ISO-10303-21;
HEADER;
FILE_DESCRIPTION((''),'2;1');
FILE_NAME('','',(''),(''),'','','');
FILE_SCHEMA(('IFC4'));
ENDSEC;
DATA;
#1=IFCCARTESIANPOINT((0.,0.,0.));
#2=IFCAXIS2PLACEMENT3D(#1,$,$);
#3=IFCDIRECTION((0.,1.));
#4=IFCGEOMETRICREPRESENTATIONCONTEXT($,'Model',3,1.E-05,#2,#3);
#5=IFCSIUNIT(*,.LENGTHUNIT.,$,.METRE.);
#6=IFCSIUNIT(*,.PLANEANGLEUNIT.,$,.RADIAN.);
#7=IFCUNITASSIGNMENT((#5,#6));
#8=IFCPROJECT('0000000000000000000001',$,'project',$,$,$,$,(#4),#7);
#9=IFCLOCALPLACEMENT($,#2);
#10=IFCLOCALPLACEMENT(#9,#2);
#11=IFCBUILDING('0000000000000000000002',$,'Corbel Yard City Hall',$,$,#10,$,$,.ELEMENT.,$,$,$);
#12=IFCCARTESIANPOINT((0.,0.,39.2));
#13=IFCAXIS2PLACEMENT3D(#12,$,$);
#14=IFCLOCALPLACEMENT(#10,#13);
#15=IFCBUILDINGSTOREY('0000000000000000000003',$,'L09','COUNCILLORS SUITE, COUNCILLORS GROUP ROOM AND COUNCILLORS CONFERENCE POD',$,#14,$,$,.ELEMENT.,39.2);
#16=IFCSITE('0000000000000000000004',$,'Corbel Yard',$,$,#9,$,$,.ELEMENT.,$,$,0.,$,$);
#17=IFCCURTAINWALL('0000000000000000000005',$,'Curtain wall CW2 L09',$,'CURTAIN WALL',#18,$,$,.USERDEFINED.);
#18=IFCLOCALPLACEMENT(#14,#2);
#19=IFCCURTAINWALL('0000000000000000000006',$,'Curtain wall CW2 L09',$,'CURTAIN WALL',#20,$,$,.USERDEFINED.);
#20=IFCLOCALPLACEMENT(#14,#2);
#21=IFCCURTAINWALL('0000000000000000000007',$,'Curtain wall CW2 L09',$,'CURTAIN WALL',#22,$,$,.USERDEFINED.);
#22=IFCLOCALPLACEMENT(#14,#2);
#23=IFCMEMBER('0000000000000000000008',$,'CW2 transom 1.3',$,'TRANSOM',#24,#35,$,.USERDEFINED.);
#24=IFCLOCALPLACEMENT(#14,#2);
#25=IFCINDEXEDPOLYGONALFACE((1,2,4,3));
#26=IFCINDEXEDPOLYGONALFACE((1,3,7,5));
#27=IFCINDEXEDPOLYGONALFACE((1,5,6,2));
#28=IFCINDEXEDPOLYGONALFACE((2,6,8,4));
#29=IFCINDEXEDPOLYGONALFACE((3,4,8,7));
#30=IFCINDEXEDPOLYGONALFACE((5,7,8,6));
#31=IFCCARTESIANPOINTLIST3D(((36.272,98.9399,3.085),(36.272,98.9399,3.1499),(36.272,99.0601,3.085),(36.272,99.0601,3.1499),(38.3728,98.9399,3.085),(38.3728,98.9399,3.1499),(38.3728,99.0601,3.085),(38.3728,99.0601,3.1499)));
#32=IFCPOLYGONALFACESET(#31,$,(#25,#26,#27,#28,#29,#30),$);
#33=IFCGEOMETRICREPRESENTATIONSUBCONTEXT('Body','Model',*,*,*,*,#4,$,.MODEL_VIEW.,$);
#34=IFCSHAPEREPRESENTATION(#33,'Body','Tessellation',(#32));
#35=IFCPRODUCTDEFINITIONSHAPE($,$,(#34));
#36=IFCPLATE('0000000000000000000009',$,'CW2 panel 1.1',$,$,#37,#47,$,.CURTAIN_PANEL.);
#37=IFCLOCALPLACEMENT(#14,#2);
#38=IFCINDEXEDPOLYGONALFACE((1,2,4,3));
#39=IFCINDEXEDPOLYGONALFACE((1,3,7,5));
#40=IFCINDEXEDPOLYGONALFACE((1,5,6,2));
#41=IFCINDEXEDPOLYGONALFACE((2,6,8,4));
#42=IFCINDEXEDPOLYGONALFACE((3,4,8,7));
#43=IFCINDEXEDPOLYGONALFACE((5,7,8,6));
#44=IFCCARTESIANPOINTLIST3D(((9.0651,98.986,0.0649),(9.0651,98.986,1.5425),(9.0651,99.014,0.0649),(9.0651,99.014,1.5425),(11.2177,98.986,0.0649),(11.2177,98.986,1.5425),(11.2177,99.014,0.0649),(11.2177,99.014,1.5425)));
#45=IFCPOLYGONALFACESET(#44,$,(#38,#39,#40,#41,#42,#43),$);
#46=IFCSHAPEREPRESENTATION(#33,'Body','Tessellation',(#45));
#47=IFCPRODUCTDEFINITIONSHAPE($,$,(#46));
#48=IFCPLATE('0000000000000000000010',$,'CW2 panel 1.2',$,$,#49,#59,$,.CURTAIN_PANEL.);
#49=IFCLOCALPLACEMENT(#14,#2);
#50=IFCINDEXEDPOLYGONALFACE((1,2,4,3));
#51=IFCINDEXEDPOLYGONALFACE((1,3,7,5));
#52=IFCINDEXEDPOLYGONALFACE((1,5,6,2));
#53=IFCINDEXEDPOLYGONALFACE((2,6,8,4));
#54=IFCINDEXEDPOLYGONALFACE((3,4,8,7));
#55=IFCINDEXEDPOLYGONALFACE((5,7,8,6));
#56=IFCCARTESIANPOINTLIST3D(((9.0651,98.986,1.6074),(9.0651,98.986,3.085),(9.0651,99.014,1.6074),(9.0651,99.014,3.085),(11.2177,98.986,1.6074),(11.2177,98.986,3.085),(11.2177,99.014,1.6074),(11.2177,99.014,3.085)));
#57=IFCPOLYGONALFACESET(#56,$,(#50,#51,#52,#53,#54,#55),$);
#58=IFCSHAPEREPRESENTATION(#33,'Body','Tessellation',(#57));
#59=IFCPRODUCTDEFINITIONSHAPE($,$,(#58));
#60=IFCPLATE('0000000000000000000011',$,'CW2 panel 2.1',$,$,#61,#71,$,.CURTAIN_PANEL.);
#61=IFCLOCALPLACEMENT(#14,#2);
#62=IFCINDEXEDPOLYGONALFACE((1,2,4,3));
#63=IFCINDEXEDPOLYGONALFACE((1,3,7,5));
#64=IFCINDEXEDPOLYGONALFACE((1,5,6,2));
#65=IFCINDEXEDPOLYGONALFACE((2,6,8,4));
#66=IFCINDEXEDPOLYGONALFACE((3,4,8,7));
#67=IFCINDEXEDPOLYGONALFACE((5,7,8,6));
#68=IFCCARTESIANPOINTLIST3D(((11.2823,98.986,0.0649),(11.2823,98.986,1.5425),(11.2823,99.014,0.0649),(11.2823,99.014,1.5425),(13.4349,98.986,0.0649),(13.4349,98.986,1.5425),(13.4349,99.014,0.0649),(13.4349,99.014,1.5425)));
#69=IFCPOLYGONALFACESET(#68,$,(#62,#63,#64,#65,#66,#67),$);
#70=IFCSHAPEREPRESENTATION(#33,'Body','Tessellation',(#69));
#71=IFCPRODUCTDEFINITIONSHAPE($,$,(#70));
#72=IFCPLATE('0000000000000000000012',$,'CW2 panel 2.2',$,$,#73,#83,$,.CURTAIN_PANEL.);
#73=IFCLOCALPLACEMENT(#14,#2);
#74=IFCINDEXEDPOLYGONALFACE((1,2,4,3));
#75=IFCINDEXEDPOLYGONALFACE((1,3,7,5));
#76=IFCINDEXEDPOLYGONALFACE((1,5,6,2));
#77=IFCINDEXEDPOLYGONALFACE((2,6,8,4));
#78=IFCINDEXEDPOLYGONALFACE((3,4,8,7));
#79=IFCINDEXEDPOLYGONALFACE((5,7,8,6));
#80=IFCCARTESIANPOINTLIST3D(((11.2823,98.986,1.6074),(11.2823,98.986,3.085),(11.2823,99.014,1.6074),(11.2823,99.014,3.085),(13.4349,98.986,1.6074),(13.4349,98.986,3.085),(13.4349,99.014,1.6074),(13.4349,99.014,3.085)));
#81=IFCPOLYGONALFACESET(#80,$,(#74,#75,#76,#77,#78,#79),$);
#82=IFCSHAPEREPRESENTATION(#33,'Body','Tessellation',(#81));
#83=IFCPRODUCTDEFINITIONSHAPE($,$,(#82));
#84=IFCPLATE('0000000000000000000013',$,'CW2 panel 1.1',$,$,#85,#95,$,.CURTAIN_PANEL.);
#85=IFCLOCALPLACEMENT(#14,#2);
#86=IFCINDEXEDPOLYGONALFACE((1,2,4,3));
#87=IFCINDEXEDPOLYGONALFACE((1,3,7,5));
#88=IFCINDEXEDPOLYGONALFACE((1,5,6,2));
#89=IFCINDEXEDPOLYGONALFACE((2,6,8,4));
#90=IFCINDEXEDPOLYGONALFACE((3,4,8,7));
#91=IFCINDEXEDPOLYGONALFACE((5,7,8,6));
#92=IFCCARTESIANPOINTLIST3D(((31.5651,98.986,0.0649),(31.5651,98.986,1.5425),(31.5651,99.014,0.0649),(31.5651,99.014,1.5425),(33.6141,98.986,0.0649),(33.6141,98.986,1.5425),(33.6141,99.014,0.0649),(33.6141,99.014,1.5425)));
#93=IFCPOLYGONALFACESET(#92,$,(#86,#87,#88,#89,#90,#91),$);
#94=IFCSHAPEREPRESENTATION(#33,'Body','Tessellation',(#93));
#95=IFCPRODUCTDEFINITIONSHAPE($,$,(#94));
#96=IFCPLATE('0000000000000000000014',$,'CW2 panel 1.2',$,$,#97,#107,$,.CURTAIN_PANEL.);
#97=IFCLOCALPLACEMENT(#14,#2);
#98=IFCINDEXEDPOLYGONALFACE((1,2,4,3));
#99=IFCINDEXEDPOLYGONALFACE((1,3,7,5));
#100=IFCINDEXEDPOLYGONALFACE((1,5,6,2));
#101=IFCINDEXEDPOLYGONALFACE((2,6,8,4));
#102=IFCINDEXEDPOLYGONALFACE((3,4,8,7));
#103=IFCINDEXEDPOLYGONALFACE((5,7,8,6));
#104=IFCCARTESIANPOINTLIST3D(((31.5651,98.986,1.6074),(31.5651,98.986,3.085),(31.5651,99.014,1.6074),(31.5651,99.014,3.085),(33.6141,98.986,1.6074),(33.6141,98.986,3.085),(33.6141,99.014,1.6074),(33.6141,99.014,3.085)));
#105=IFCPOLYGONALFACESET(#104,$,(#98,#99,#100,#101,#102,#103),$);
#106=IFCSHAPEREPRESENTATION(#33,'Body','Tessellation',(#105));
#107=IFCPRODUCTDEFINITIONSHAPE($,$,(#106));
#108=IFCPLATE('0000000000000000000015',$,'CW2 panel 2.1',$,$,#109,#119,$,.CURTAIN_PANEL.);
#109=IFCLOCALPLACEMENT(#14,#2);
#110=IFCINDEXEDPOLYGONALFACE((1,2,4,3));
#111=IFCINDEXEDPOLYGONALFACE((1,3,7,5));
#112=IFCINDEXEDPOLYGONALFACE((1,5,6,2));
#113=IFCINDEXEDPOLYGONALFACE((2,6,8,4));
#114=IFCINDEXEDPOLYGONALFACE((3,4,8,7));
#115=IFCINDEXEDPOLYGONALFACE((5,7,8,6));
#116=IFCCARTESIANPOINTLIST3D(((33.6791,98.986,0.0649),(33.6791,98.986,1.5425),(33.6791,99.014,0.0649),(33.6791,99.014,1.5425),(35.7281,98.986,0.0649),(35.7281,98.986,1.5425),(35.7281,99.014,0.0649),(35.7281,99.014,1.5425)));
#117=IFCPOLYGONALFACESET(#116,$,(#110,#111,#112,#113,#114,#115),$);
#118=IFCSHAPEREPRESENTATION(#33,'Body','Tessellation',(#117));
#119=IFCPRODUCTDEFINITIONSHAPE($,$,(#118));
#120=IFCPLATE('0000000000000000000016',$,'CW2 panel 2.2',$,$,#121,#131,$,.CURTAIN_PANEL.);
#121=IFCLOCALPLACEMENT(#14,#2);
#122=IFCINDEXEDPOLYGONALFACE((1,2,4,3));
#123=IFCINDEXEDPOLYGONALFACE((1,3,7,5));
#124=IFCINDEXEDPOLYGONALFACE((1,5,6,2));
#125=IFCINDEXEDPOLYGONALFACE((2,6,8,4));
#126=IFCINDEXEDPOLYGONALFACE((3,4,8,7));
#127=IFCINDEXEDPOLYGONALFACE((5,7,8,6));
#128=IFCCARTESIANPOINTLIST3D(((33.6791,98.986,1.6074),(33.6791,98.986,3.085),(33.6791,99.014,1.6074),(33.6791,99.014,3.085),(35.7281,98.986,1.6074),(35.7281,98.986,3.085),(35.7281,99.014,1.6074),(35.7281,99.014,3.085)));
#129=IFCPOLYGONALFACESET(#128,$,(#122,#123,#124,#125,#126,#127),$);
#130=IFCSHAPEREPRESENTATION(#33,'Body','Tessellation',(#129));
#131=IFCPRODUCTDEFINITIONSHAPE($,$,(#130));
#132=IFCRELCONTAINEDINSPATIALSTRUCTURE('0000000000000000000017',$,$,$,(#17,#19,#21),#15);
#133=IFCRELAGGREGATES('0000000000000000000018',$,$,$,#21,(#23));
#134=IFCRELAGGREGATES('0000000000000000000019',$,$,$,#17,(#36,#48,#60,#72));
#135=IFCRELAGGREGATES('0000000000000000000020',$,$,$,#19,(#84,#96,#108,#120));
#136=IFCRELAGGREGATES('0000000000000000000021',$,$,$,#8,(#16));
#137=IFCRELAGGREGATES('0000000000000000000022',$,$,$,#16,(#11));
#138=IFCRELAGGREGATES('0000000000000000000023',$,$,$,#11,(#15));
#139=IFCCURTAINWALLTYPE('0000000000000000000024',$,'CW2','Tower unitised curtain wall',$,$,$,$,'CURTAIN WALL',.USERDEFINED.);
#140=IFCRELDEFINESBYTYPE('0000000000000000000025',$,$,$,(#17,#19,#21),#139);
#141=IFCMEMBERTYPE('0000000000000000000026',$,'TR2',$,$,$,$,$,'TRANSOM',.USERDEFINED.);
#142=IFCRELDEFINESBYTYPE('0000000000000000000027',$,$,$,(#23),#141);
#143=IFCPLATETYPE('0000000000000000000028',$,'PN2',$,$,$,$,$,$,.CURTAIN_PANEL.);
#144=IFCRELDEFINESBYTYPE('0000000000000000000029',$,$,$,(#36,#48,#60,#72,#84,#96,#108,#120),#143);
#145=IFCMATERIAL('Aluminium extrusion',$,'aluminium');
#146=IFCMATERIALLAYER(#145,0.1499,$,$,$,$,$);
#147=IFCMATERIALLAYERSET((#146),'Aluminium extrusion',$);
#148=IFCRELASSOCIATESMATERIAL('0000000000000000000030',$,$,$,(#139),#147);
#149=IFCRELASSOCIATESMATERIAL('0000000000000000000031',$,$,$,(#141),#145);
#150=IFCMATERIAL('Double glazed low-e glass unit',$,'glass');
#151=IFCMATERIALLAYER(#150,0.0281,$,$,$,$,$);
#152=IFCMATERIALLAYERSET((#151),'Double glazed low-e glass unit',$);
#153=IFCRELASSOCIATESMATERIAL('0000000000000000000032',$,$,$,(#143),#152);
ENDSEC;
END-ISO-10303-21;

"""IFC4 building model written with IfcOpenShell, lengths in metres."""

from ifc_helpers import new_model, si_unit, direction, frame, origin, origin_2d, place, context, subcontext, project, spatial, rectangle, extrude, material, layer, layer_set, material_profile, profile_set, type_object, element, aggregate, save


model = new_model("IFC4")

# Units and contexts
model_context = context("Model", 3, precision=1e-05, world=origin(), true_north=direction((0.0, 1.0)))
body_context = subcontext(model_context, "Body", "Model", "MODEL_VIEW")
ifc_project = project(units=[si_unit("LENGTHUNIT", "METRE"), si_unit("PLANEANGLEUNIT", "RADIAN")], contexts=[model_context])

# Site, building, storey
site_placement = place(None, origin())
site = spatial("IfcSite", under=ifc_project, at=site_placement, Name="Corbel Yard", CompositionType="ELEMENT", RefElevation=0.0)
building_placement = place(site_placement, origin())
building = spatial("IfcBuilding", under=site, at=building_placement, Name="Corbel Yard City Hall", CompositionType="ELEMENT")
storey_placement = place(building_placement, frame((0.0, 0.0, 39.2)))
storey = spatial("IfcBuildingStorey", under=building, at=storey_placement, Name="L09", Description="COUNCILLORS SUITE, COUNCILLORS GROUP ROOM AND COUNCILLORS CONFERENCE POD", CompositionType="ELEMENT", Elevation=39.2)

# Curtain walls
ifc_material_1 = material(Name="Aluminium extrusion", Category="aluminium")
ifc_layer_1 = layer(ifc_material_1, 0.1499)
ifc_layer_set_1 = layer_set([ifc_layer_1], Name="Aluminium extrusion")
curtain_wall_type = type_object("IfcCurtainWallType", Name="CW2", Description="Tower unitised curtain wall", ElementType="CURTAIN WALL", PredefinedType="USERDEFINED", material=ifc_layer_set_1)
curtain_wall_1_placement = place(storey_placement, origin())
curtain_wall_1 = element("IfcCurtainWall", 1, at=curtain_wall_1_placement, inside=storey, type_object=curtain_wall_type, Name="Curtain wall CW2 L09", ObjectType="CURTAIN WALL", PredefinedType="USERDEFINED")
curtain_wall_2_placement = place(storey_placement, origin())
curtain_wall_2 = element("IfcCurtainWall", 2, at=curtain_wall_2_placement, inside=storey, type_object=curtain_wall_type, Name="Curtain wall CW2 L09", ObjectType="CURTAIN WALL", PredefinedType="USERDEFINED")
curtain_wall_3_placement = place(storey_placement, origin())
curtain_wall_3 = element("IfcCurtainWall", 3, at=curtain_wall_3_placement, inside=storey, type_object=curtain_wall_type, Name="Curtain wall CW2 L09", ObjectType="CURTAIN WALL", PredefinedType="USERDEFINED")

# Member
ifc_material_profile_1 = material_profile(ifc_material_1, rectangle(XDim=0.1201, YDim=0.0649, at=origin_2d()), Name="120x65")
ifc_profile_set_1 = profile_set([ifc_material_profile_1], Name="Aluminium extrusion")
member_type_1 = type_object("IfcMemberType", Name="TR2", ElementType="TRANSOM", PredefinedType="USERDEFINED", material=ifc_profile_set_1)
member_1_placement = place(storey_placement, frame((36.272, 99.0, 3.1174), z_axis=(1.0, 0.0, 0.0), x_axis=(0.0, 1.0, 0.0)))
member_1 = element("IfcMember", 4, at=member_1_placement, type_object=member_type_1, Name="CW2 transom 1.3", ObjectType="TRANSOM", PredefinedType="USERDEFINED", context=body_context, shape_type="SweptSolid", body=[
    extrude(rectangle(XDim=0.1201, YDim=0.0649, at=origin_2d()), origin(), (0.0, 0.0, 1.0), 2.1008),
])
aggregate(curtain_wall_3, [member_1])

# Plates
ifc_material_2 = material(Name="Double glazed low-e glass unit", Category="glass")
ifc_layer_2 = layer(ifc_material_2, 0.0281)
ifc_layer_set_2 = layer_set([ifc_layer_2], Name="Double glazed low-e glass unit")
plate_type = type_object("IfcPlateType", Name="PN2", PredefinedType="CURTAIN_PANEL", material=ifc_layer_set_2)
plate_1_placement = place(storey_placement, frame((10.1414, 99.0, 0.0649), z_axis=(0.0, 0.0, 1.0), x_axis=(1.0, 0.0, 0.0)))
plate_1 = element("IfcPlate", 5, at=plate_1_placement, type_object=plate_type, Name="CW2 panel 1.1", PredefinedType="CURTAIN_PANEL", context=body_context, shape_type="SweptSolid", body=[
    extrude(rectangle(XDim=2.1526, YDim=0.0281, at=origin_2d()), origin(), (0.0, 0.0, 1.0), 1.4775),
])
plate_2_placement = place(storey_placement, frame((10.1414, 99.0, 1.6074), z_axis=(0.0, 0.0, 1.0), x_axis=(1.0, 0.0, 0.0)))
plate_2 = element("IfcPlate", 6, at=plate_2_placement, type_object=plate_type, Name="CW2 panel 1.2", PredefinedType="CURTAIN_PANEL", context=body_context, shape_type="SweptSolid", body=[
    extrude(rectangle(XDim=2.1526, YDim=0.0281, at=origin_2d()), origin(), (0.0, 0.0, 1.0), 1.4775),
])
plate_3_placement = place(storey_placement, frame((12.3586, 99.0, 0.0649), z_axis=(0.0, 0.0, 1.0), x_axis=(1.0, 0.0, 0.0)))
plate_3 = element("IfcPlate", 7, at=plate_3_placement, type_object=plate_type, Name="CW2 panel 2.1", PredefinedType="CURTAIN_PANEL", context=body_context, shape_type="SweptSolid", body=[
    extrude(rectangle(XDim=2.1526, YDim=0.0281, at=origin_2d()), origin(), (0.0, 0.0, 1.0), 1.4775),
])
plate_4_placement = place(storey_placement, frame((12.3586, 99.0, 1.6074), z_axis=(0.0, 0.0, 1.0), x_axis=(1.0, 0.0, 0.0)))
plate_4 = element("IfcPlate", 8, at=plate_4_placement, type_object=plate_type, Name="CW2 panel 2.2", PredefinedType="CURTAIN_PANEL", context=body_context, shape_type="SweptSolid", body=[
    extrude(rectangle(XDim=2.1526, YDim=0.0281, at=origin_2d()), origin(), (0.0, 0.0, 1.0), 1.4775),
])
aggregate(curtain_wall_1, [plate_1, plate_2, plate_3, plate_4])
plate_5_placement = place(storey_placement, frame((32.5896, 99.0, 0.0649), z_axis=(0.0, 0.0, 1.0), x_axis=(1.0, 0.0, 0.0)))
plate_5 = element("IfcPlate", 9, at=plate_5_placement, type_object=plate_type, Name="CW2 panel 1.1", PredefinedType="CURTAIN_PANEL", context=body_context, shape_type="SweptSolid", body=[
    extrude(rectangle(XDim=2.0491, YDim=0.0281, at=origin_2d()), origin(), (0.0, 0.0, 1.0), 1.4775),
])
plate_6_placement = place(storey_placement, frame((32.5896, 99.0, 1.6074), z_axis=(0.0, 0.0, 1.0), x_axis=(1.0, 0.0, 0.0)))
plate_6 = element("IfcPlate", 10, at=plate_6_placement, type_object=plate_type, Name="CW2 panel 1.2", PredefinedType="CURTAIN_PANEL", context=body_context, shape_type="SweptSolid", body=[
    extrude(rectangle(XDim=2.0491, YDim=0.0281, at=origin_2d()), origin(), (0.0, 0.0, 1.0), 1.4775),
])
plate_7_placement = place(storey_placement, frame((34.7036, 99.0, 0.0649), z_axis=(0.0, 0.0, 1.0), x_axis=(1.0, 0.0, 0.0)))
plate_7 = element("IfcPlate", 11, at=plate_7_placement, type_object=plate_type, Name="CW2 panel 2.1", PredefinedType="CURTAIN_PANEL", context=body_context, shape_type="SweptSolid", body=[
    extrude(rectangle(XDim=2.0491, YDim=0.0281, at=origin_2d()), origin(), (0.0, 0.0, 1.0), 1.4775),
])
plate_8_placement = place(storey_placement, frame((34.7036, 99.0, 1.6074), z_axis=(0.0, 0.0, 1.0), x_axis=(1.0, 0.0, 0.0)))
plate_8 = element("IfcPlate", 12, at=plate_8_placement, type_object=plate_type, Name="CW2 panel 2.2", PredefinedType="CURTAIN_PANEL", context=body_context, shape_type="SweptSolid", body=[
    extrude(rectangle(XDim=2.0491, YDim=0.0281, at=origin_2d()), origin(), (0.0, 0.0, 1.0), 1.4775),
])
aggregate(curtain_wall_2, [plate_5, plate_6, plate_7, plate_8])

save(model, "model.ifc")
